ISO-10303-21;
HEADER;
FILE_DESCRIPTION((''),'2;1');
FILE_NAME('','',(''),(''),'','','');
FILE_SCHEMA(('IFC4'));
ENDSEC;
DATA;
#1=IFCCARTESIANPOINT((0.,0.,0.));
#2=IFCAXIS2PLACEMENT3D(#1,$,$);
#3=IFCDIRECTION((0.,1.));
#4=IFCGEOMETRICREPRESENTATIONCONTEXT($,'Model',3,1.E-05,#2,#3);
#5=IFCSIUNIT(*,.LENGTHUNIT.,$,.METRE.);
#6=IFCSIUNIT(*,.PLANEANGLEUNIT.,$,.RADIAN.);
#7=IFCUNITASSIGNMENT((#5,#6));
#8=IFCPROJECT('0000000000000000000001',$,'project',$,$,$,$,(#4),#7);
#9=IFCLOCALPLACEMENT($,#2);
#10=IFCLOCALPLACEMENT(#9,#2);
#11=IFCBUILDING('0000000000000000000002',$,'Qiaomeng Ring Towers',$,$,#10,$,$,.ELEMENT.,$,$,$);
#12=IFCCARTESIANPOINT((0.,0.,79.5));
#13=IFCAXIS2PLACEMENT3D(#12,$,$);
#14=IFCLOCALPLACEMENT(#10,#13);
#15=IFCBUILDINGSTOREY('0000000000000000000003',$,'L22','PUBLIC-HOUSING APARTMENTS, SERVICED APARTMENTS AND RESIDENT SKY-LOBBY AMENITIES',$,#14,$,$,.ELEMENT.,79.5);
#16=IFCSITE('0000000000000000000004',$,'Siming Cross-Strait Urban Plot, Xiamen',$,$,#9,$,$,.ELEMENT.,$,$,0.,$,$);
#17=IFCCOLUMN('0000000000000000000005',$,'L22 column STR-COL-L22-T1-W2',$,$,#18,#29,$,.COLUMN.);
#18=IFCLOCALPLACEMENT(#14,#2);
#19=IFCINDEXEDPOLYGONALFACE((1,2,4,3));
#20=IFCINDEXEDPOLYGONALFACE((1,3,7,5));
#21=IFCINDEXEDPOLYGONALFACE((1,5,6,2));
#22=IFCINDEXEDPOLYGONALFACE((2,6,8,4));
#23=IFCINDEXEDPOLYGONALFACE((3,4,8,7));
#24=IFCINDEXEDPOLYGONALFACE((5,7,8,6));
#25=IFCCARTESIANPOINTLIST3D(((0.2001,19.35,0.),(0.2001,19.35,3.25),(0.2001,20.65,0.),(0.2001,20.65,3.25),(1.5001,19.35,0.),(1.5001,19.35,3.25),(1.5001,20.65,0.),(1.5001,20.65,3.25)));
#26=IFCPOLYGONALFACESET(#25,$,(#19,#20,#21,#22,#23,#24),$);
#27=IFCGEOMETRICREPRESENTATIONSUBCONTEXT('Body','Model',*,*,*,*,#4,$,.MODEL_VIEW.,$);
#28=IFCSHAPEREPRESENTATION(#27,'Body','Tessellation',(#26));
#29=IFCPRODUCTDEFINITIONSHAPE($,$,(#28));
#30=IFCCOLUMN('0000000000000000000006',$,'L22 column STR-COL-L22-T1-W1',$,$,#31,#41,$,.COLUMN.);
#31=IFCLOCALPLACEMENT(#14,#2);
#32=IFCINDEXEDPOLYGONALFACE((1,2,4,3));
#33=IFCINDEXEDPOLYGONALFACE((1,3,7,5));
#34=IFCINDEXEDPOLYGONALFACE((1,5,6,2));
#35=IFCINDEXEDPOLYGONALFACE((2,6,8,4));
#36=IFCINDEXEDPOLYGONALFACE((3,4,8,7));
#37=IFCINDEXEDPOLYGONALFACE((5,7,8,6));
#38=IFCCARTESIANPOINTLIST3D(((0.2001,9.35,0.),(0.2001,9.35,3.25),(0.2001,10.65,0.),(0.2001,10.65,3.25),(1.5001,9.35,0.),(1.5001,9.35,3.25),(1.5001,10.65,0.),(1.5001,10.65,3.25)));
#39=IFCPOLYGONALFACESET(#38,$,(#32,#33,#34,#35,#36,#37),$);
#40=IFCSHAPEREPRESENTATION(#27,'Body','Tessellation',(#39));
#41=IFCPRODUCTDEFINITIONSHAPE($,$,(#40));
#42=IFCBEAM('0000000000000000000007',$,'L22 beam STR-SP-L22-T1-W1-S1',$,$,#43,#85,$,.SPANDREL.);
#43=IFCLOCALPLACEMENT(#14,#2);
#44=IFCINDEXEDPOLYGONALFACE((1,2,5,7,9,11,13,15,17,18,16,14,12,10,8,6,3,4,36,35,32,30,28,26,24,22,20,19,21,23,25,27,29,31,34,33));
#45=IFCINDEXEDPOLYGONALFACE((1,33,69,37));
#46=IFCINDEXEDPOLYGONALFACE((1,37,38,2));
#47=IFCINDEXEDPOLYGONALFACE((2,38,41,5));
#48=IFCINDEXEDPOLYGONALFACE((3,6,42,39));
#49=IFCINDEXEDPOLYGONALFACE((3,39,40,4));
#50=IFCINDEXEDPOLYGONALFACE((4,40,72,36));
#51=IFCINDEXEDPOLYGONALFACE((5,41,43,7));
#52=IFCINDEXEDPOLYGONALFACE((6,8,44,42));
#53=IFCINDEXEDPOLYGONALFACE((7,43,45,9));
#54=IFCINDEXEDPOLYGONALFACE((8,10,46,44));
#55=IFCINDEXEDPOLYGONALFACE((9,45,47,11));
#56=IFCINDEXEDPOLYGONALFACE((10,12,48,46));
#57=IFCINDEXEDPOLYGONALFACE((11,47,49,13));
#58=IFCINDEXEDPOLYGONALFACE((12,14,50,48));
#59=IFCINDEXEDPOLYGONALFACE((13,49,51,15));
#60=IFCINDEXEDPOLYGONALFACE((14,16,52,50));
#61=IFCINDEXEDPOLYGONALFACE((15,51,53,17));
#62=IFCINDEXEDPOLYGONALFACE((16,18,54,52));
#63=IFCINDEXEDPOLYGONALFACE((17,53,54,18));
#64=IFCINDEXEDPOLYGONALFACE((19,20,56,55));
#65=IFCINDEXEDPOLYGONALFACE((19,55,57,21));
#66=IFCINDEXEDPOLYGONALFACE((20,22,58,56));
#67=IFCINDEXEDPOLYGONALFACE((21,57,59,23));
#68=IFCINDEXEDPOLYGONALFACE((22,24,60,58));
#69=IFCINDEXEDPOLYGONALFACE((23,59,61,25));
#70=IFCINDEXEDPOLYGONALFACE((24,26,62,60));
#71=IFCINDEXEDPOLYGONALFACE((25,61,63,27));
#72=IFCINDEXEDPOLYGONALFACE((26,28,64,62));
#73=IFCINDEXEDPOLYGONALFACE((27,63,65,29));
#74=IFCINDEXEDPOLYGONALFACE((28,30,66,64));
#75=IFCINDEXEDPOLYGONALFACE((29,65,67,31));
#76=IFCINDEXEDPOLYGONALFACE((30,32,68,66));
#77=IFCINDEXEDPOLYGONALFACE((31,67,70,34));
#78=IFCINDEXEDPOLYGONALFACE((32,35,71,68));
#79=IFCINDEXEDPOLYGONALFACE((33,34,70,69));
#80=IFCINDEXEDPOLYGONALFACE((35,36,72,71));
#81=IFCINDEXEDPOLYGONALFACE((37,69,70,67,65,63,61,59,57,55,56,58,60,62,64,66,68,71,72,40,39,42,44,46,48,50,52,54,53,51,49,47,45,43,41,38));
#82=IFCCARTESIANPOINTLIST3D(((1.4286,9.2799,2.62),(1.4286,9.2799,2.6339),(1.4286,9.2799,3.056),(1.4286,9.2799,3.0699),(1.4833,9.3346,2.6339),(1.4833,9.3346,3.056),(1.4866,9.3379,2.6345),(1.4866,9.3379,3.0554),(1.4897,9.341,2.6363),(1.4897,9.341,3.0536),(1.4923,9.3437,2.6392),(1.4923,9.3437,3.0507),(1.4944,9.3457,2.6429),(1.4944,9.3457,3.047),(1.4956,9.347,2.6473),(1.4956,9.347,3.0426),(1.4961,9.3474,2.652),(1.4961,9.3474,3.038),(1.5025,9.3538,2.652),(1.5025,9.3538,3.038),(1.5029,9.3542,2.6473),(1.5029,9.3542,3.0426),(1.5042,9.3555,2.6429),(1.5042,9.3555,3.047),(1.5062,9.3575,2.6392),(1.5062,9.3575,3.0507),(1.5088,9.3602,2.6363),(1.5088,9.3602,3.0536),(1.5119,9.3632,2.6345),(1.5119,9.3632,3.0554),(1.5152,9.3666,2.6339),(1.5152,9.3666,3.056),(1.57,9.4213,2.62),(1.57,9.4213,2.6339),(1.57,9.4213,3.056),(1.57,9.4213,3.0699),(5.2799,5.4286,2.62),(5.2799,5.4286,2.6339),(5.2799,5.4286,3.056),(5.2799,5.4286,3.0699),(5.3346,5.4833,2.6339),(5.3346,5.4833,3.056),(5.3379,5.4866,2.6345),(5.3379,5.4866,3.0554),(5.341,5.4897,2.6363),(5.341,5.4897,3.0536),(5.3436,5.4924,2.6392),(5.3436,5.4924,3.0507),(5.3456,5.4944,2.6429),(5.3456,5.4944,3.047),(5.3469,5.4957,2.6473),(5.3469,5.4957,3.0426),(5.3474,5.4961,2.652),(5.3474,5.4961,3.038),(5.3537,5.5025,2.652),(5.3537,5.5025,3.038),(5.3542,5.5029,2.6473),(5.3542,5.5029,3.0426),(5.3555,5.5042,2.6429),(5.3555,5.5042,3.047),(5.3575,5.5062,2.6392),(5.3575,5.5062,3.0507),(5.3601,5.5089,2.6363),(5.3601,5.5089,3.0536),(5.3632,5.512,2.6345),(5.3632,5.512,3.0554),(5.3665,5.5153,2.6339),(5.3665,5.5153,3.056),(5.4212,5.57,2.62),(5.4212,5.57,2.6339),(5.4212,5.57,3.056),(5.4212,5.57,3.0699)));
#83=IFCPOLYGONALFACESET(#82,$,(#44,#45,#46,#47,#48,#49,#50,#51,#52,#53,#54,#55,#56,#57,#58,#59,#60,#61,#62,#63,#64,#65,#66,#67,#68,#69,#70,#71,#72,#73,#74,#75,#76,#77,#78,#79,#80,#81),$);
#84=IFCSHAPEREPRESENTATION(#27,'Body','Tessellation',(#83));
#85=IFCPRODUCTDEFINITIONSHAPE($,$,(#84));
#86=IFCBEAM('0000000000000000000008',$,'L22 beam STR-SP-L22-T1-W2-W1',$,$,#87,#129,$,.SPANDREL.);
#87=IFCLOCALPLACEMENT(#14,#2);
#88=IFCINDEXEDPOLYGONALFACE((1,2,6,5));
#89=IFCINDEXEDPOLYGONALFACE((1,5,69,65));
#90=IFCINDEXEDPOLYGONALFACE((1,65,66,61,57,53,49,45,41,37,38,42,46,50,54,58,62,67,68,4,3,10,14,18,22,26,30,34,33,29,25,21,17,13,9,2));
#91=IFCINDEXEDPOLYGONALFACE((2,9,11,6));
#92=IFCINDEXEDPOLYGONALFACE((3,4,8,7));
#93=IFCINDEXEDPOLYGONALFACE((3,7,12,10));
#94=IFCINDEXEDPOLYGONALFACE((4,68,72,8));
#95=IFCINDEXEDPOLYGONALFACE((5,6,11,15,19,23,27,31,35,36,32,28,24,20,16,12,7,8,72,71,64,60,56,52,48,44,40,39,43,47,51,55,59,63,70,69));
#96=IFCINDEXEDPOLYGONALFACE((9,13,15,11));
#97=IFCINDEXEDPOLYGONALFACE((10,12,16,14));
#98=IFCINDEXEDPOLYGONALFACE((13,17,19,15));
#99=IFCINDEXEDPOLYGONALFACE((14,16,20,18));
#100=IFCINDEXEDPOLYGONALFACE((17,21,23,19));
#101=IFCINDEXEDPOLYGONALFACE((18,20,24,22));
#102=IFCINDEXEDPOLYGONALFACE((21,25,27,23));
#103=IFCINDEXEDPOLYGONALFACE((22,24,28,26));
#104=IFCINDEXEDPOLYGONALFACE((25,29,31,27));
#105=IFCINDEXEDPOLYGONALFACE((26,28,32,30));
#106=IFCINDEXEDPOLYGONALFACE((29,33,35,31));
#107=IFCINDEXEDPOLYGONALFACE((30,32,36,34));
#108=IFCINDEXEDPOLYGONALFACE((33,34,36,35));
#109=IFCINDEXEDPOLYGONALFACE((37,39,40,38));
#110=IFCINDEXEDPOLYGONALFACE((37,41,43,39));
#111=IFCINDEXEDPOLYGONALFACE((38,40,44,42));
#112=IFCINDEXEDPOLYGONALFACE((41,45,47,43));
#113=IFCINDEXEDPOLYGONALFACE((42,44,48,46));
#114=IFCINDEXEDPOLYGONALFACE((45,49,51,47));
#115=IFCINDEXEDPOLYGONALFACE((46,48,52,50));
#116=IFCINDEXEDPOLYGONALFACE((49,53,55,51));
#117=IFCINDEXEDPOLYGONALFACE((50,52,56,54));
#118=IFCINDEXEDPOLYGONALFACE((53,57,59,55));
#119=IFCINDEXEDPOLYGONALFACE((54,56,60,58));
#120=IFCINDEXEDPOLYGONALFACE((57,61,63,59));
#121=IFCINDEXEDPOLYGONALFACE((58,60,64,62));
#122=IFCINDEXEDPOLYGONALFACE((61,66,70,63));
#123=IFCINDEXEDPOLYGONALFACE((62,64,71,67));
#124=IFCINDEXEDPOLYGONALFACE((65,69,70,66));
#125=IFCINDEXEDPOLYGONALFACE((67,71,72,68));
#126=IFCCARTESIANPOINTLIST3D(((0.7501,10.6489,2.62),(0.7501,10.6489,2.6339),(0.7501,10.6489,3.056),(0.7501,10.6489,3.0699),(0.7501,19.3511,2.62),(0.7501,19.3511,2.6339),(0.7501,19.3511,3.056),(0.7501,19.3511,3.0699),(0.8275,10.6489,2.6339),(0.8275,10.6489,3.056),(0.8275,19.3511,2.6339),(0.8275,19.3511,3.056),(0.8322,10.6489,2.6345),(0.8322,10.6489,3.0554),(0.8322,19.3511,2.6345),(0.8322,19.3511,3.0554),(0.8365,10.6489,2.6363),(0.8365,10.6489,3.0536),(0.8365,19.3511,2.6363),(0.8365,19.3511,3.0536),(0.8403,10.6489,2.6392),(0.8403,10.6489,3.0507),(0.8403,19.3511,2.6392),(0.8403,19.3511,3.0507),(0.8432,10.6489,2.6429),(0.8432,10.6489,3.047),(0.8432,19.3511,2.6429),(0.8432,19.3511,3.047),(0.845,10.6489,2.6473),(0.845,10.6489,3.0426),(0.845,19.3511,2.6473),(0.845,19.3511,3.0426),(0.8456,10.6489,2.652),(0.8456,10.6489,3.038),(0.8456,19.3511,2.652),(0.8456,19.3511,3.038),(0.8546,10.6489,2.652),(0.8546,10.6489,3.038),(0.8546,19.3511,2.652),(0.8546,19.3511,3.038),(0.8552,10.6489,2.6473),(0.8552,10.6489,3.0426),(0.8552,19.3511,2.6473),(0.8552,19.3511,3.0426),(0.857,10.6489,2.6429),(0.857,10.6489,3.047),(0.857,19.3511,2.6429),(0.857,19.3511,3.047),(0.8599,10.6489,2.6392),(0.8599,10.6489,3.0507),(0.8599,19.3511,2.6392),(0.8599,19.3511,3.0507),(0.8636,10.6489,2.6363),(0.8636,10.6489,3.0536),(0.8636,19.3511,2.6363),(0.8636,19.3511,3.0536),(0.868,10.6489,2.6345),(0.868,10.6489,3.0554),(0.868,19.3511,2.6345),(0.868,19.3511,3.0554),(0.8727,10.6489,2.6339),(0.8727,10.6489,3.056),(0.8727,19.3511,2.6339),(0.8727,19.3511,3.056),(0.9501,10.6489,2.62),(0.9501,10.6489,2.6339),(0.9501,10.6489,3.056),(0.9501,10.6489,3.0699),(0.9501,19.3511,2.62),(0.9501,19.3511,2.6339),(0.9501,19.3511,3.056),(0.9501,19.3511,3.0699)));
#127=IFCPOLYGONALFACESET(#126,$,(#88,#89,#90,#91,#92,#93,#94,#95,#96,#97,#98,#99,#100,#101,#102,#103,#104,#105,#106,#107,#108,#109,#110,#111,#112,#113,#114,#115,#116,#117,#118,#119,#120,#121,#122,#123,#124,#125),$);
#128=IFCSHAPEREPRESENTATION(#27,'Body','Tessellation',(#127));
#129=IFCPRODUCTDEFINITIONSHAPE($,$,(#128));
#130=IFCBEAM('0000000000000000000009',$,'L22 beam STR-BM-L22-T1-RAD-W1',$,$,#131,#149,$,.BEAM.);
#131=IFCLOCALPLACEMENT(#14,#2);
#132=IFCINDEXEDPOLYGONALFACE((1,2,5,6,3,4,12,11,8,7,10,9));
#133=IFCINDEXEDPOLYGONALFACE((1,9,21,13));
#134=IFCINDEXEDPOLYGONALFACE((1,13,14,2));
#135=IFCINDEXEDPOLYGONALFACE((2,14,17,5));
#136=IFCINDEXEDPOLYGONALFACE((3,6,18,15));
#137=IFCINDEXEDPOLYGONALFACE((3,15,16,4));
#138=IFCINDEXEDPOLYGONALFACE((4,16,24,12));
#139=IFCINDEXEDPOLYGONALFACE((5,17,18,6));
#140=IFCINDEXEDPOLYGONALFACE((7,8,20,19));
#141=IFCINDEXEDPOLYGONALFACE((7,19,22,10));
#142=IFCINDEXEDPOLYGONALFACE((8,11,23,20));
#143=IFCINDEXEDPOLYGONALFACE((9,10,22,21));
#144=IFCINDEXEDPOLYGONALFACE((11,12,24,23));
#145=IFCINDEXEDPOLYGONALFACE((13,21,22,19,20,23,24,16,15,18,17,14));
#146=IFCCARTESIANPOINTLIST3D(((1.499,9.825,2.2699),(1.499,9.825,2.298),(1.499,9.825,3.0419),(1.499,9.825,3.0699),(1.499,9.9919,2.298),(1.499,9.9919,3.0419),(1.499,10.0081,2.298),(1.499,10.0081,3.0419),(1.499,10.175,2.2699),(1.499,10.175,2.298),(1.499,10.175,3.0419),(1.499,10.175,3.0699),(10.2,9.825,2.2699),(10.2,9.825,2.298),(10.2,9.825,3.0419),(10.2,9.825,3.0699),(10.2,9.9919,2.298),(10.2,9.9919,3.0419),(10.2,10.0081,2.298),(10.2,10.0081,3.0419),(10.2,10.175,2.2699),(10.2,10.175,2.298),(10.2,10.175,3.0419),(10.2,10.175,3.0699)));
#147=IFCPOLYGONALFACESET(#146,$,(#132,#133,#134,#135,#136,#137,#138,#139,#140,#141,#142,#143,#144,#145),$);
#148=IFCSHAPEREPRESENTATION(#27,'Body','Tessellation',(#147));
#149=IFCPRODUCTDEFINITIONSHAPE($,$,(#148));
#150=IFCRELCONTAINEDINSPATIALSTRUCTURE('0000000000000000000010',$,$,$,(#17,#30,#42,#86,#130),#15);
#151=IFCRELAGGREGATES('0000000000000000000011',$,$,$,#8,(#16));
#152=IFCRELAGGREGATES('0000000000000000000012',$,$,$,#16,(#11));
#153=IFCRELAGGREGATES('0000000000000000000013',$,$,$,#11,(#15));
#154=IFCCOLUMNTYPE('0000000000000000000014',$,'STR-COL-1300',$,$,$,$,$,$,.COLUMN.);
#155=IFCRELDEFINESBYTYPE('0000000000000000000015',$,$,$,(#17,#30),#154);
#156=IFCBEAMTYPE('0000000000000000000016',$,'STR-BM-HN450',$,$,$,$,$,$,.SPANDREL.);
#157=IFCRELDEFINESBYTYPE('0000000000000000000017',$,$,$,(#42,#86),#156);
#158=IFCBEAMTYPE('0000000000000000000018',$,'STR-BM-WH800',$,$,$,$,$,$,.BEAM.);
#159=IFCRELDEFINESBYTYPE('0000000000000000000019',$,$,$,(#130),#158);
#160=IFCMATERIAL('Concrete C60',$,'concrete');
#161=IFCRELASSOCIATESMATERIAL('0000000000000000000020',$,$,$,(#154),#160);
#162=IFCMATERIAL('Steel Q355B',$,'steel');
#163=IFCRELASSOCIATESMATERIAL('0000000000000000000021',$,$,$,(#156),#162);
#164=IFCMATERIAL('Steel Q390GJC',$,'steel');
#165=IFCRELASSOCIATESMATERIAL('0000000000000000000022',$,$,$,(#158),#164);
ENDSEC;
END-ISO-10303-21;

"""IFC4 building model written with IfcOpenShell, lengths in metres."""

from ifc_helpers import new_model, si_unit, direction, frame, origin, origin_2d, place, context, subcontext, project, spatial, rectangle, i_section, extrude, source, transform, mapped, material, material_profile, profile_set, type_object, element, save


model = new_model("IFC4")

# Units and contexts
model_context = context("Model", 3, precision=1e-05, world=origin(), true_north=direction((0.0, 1.0)))
body_context = subcontext(model_context, "Body", "Model", "MODEL_VIEW")
ifc_project = project(units=[si_unit("LENGTHUNIT", "METRE"), si_unit("PLANEANGLEUNIT", "RADIAN")], contexts=[model_context])

# Site, building, storey
site_placement = place(None, origin())
site = spatial("IfcSite", under=ifc_project, at=site_placement, Name="Siming Cross-Strait Urban Plot, Xiamen", CompositionType="ELEMENT", RefElevation=0.0)
building_placement = place(site_placement, origin())
building = spatial("IfcBuilding", under=site, at=building_placement, Name="Qiaomeng Ring Towers", CompositionType="ELEMENT")
storey_placement = place(building_placement, frame((0.0, 0.0, 79.5)))
storey = spatial("IfcBuildingStorey", under=building, at=storey_placement, Name="L22", Description="PUBLIC-HOUSING APARTMENTS, SERVICED APARTMENTS AND RESIDENT SKY-LOBBY AMENITIES", CompositionType="ELEMENT", Elevation=79.5)

# Columns
ifc_material_1 = material(Name="Concrete C60", Category="concrete")
ifc_material_profile_1 = material_profile(ifc_material_1, rectangle(XDim=1.3, YDim=1.3, at=origin_2d()), Name="RC COL 1300x1300")
ifc_profile_set_1 = profile_set([ifc_material_profile_1], Name="Concrete C60")
column_type = type_object("IfcColumnType", Name="STR-COL-1300", PredefinedType="COLUMN", material=ifc_profile_set_1)
shared_shape_1 = source(origin(), body_context, "Body", "SweptSolid", [
    extrude(rectangle(XDim=1.3, YDim=1.3, at=origin_2d()), origin(), (0.0, 0.0, 1.0), 3.25),
])
for number, where, z_axis, x_axis, name in (
    (1, (0.8501, 20.0, 0.0), (0.0, 0.0, 1.0), (1.0, 0.0, 0.0), "L22 column STR-COL-L22-T1-W2"),
    (2, (0.8501, 10.0, 0.0), (0.0, 0.0, 1.0), (1.0, 0.0, 0.0), "L22 column STR-COL-L22-T1-W1"),
):
    element("IfcColumn", number, at=place(storey_placement, frame(where, z_axis=z_axis, x_axis=x_axis)), inside=storey, type_object=column_type, Name=name, PredefinedType="COLUMN", context=body_context, shape_type="MappedRepresentation", body=[
        mapped(shared_shape_1, transform((0.0, 0.0, 0.0), x_axis=(1.0, 0.0, 0.0), y_axis=(0.0, 1.0, 0.0), z_axis=(0.0, 0.0, 1.0), scale=1.0)),
    ])

# Beams
ifc_material_2 = material(Name="Steel Q355B", Category="steel")
ifc_material_profile_2 = material_profile(ifc_material_2, i_section(OverallWidth=0.2, OverallDepth=0.45, WebThickness=0.009, FlangeThickness=0.0139, FilletRadius=0.0181, at=origin_2d()), Name="HN 450x200x9x14")
ifc_profile_set_2 = profile_set([ifc_material_profile_2], Name="Steel Q355B")
beam_type_1 = type_object("IfcBeamType", Name="STR-BM-HN450", PredefinedType="SPANDREL", material=ifc_profile_set_2)
shared_shape_2 = source(origin(), body_context, "Body", "SweptSolid", [
    extrude(i_section(OverallWidth=0.2, OverallDepth=0.45, WebThickness=0.009, FlangeThickness=0.0139, FilletRadius=0.0181, at=origin_2d()), origin(), (0.0, 0.0, 1.0), 5.4465),
])
beam_1_placement = place(storey_placement, frame((1.4993, 9.3506, 2.845), z_axis=(0.707107, -0.707107, 0.0), x_axis=(0.707107, 0.707107, 0.0)))
element("IfcBeam", 3, at=beam_1_placement, inside=storey, type_object=beam_type_1, Name="L22 beam STR-SP-L22-T1-W1-S1", PredefinedType="SPANDREL", context=body_context, shape_type="MappedRepresentation", body=[
    mapped(shared_shape_2, transform((0.0, 0.0, 0.0), x_axis=(1.0, 0.0, 0.0), y_axis=(0.0, 1.0, 0.0), z_axis=(0.0, 0.0, 1.0), scale=1.0)),
])
shared_shape_3 = source(origin(), body_context, "Body", "SweptSolid", [
    extrude(i_section(OverallWidth=0.2, OverallDepth=0.45, WebThickness=0.009, FlangeThickness=0.0139, FilletRadius=0.0181, at=origin_2d()), origin(), (0.0, 0.0, 1.0), 8.7021),
])
beam_2_placement = place(storey_placement, frame((0.8501, 19.3511, 2.845), z_axis=(0.0, -1.0, 0.0), x_axis=(1.0, 0.0, 0.0)))
element("IfcBeam", 4, at=beam_2_placement, inside=storey, type_object=beam_type_1, Name="L22 beam STR-SP-L22-T1-W2-W1", PredefinedType="SPANDREL", context=body_context, shape_type="MappedRepresentation", body=[
    mapped(shared_shape_3, transform((0.0, 0.0, 0.0), x_axis=(1.0, 0.0, 0.0), y_axis=(0.0, 1.0, 0.0), z_axis=(0.0, 0.0, 1.0), scale=1.0)),
])
ifc_material_3 = material(Name="Steel Q390GJC", Category="steel")
ifc_material_profile_3 = material_profile(ifc_material_3, i_section(OverallWidth=0.3501, OverallDepth=0.8, WebThickness=0.0161, FlangeThickness=0.0281, at=origin_2d()), Name="WH 800x350x16x28")
ifc_profile_set_3 = profile_set([ifc_material_profile_3], Name="Steel Q390GJC")
beam_type_2 = type_object("IfcBeamType", Name="STR-BM-WH800", PredefinedType="BEAM", material=ifc_profile_set_3)
shared_shape_4 = source(origin(), body_context, "Body", "SweptSolid", [
    extrude(i_section(OverallWidth=0.3501, OverallDepth=0.8, WebThickness=0.0161, FlangeThickness=0.0281, at=origin_2d()), origin(), (0.0, 0.0, 1.0), 8.7009),
])
beam_3_placement = place(storey_placement, frame((1.499, 10.0, 2.6699), z_axis=(1.0, 0.0, 0.0), x_axis=(0.0, 1.0, 0.0)))
element("IfcBeam", 5, at=beam_3_placement, inside=storey, type_object=beam_type_2, Name="L22 beam STR-BM-L22-T1-RAD-W1", PredefinedType="BEAM", context=body_context, shape_type="MappedRepresentation", body=[
    mapped(shared_shape_4, transform((0.0, 0.0, 0.0), x_axis=(1.0, 0.0, 0.0), y_axis=(0.0, 1.0, 0.0), z_axis=(0.0, 0.0, 1.0), scale=1.0)),
])

save(model, "model.ifc")
